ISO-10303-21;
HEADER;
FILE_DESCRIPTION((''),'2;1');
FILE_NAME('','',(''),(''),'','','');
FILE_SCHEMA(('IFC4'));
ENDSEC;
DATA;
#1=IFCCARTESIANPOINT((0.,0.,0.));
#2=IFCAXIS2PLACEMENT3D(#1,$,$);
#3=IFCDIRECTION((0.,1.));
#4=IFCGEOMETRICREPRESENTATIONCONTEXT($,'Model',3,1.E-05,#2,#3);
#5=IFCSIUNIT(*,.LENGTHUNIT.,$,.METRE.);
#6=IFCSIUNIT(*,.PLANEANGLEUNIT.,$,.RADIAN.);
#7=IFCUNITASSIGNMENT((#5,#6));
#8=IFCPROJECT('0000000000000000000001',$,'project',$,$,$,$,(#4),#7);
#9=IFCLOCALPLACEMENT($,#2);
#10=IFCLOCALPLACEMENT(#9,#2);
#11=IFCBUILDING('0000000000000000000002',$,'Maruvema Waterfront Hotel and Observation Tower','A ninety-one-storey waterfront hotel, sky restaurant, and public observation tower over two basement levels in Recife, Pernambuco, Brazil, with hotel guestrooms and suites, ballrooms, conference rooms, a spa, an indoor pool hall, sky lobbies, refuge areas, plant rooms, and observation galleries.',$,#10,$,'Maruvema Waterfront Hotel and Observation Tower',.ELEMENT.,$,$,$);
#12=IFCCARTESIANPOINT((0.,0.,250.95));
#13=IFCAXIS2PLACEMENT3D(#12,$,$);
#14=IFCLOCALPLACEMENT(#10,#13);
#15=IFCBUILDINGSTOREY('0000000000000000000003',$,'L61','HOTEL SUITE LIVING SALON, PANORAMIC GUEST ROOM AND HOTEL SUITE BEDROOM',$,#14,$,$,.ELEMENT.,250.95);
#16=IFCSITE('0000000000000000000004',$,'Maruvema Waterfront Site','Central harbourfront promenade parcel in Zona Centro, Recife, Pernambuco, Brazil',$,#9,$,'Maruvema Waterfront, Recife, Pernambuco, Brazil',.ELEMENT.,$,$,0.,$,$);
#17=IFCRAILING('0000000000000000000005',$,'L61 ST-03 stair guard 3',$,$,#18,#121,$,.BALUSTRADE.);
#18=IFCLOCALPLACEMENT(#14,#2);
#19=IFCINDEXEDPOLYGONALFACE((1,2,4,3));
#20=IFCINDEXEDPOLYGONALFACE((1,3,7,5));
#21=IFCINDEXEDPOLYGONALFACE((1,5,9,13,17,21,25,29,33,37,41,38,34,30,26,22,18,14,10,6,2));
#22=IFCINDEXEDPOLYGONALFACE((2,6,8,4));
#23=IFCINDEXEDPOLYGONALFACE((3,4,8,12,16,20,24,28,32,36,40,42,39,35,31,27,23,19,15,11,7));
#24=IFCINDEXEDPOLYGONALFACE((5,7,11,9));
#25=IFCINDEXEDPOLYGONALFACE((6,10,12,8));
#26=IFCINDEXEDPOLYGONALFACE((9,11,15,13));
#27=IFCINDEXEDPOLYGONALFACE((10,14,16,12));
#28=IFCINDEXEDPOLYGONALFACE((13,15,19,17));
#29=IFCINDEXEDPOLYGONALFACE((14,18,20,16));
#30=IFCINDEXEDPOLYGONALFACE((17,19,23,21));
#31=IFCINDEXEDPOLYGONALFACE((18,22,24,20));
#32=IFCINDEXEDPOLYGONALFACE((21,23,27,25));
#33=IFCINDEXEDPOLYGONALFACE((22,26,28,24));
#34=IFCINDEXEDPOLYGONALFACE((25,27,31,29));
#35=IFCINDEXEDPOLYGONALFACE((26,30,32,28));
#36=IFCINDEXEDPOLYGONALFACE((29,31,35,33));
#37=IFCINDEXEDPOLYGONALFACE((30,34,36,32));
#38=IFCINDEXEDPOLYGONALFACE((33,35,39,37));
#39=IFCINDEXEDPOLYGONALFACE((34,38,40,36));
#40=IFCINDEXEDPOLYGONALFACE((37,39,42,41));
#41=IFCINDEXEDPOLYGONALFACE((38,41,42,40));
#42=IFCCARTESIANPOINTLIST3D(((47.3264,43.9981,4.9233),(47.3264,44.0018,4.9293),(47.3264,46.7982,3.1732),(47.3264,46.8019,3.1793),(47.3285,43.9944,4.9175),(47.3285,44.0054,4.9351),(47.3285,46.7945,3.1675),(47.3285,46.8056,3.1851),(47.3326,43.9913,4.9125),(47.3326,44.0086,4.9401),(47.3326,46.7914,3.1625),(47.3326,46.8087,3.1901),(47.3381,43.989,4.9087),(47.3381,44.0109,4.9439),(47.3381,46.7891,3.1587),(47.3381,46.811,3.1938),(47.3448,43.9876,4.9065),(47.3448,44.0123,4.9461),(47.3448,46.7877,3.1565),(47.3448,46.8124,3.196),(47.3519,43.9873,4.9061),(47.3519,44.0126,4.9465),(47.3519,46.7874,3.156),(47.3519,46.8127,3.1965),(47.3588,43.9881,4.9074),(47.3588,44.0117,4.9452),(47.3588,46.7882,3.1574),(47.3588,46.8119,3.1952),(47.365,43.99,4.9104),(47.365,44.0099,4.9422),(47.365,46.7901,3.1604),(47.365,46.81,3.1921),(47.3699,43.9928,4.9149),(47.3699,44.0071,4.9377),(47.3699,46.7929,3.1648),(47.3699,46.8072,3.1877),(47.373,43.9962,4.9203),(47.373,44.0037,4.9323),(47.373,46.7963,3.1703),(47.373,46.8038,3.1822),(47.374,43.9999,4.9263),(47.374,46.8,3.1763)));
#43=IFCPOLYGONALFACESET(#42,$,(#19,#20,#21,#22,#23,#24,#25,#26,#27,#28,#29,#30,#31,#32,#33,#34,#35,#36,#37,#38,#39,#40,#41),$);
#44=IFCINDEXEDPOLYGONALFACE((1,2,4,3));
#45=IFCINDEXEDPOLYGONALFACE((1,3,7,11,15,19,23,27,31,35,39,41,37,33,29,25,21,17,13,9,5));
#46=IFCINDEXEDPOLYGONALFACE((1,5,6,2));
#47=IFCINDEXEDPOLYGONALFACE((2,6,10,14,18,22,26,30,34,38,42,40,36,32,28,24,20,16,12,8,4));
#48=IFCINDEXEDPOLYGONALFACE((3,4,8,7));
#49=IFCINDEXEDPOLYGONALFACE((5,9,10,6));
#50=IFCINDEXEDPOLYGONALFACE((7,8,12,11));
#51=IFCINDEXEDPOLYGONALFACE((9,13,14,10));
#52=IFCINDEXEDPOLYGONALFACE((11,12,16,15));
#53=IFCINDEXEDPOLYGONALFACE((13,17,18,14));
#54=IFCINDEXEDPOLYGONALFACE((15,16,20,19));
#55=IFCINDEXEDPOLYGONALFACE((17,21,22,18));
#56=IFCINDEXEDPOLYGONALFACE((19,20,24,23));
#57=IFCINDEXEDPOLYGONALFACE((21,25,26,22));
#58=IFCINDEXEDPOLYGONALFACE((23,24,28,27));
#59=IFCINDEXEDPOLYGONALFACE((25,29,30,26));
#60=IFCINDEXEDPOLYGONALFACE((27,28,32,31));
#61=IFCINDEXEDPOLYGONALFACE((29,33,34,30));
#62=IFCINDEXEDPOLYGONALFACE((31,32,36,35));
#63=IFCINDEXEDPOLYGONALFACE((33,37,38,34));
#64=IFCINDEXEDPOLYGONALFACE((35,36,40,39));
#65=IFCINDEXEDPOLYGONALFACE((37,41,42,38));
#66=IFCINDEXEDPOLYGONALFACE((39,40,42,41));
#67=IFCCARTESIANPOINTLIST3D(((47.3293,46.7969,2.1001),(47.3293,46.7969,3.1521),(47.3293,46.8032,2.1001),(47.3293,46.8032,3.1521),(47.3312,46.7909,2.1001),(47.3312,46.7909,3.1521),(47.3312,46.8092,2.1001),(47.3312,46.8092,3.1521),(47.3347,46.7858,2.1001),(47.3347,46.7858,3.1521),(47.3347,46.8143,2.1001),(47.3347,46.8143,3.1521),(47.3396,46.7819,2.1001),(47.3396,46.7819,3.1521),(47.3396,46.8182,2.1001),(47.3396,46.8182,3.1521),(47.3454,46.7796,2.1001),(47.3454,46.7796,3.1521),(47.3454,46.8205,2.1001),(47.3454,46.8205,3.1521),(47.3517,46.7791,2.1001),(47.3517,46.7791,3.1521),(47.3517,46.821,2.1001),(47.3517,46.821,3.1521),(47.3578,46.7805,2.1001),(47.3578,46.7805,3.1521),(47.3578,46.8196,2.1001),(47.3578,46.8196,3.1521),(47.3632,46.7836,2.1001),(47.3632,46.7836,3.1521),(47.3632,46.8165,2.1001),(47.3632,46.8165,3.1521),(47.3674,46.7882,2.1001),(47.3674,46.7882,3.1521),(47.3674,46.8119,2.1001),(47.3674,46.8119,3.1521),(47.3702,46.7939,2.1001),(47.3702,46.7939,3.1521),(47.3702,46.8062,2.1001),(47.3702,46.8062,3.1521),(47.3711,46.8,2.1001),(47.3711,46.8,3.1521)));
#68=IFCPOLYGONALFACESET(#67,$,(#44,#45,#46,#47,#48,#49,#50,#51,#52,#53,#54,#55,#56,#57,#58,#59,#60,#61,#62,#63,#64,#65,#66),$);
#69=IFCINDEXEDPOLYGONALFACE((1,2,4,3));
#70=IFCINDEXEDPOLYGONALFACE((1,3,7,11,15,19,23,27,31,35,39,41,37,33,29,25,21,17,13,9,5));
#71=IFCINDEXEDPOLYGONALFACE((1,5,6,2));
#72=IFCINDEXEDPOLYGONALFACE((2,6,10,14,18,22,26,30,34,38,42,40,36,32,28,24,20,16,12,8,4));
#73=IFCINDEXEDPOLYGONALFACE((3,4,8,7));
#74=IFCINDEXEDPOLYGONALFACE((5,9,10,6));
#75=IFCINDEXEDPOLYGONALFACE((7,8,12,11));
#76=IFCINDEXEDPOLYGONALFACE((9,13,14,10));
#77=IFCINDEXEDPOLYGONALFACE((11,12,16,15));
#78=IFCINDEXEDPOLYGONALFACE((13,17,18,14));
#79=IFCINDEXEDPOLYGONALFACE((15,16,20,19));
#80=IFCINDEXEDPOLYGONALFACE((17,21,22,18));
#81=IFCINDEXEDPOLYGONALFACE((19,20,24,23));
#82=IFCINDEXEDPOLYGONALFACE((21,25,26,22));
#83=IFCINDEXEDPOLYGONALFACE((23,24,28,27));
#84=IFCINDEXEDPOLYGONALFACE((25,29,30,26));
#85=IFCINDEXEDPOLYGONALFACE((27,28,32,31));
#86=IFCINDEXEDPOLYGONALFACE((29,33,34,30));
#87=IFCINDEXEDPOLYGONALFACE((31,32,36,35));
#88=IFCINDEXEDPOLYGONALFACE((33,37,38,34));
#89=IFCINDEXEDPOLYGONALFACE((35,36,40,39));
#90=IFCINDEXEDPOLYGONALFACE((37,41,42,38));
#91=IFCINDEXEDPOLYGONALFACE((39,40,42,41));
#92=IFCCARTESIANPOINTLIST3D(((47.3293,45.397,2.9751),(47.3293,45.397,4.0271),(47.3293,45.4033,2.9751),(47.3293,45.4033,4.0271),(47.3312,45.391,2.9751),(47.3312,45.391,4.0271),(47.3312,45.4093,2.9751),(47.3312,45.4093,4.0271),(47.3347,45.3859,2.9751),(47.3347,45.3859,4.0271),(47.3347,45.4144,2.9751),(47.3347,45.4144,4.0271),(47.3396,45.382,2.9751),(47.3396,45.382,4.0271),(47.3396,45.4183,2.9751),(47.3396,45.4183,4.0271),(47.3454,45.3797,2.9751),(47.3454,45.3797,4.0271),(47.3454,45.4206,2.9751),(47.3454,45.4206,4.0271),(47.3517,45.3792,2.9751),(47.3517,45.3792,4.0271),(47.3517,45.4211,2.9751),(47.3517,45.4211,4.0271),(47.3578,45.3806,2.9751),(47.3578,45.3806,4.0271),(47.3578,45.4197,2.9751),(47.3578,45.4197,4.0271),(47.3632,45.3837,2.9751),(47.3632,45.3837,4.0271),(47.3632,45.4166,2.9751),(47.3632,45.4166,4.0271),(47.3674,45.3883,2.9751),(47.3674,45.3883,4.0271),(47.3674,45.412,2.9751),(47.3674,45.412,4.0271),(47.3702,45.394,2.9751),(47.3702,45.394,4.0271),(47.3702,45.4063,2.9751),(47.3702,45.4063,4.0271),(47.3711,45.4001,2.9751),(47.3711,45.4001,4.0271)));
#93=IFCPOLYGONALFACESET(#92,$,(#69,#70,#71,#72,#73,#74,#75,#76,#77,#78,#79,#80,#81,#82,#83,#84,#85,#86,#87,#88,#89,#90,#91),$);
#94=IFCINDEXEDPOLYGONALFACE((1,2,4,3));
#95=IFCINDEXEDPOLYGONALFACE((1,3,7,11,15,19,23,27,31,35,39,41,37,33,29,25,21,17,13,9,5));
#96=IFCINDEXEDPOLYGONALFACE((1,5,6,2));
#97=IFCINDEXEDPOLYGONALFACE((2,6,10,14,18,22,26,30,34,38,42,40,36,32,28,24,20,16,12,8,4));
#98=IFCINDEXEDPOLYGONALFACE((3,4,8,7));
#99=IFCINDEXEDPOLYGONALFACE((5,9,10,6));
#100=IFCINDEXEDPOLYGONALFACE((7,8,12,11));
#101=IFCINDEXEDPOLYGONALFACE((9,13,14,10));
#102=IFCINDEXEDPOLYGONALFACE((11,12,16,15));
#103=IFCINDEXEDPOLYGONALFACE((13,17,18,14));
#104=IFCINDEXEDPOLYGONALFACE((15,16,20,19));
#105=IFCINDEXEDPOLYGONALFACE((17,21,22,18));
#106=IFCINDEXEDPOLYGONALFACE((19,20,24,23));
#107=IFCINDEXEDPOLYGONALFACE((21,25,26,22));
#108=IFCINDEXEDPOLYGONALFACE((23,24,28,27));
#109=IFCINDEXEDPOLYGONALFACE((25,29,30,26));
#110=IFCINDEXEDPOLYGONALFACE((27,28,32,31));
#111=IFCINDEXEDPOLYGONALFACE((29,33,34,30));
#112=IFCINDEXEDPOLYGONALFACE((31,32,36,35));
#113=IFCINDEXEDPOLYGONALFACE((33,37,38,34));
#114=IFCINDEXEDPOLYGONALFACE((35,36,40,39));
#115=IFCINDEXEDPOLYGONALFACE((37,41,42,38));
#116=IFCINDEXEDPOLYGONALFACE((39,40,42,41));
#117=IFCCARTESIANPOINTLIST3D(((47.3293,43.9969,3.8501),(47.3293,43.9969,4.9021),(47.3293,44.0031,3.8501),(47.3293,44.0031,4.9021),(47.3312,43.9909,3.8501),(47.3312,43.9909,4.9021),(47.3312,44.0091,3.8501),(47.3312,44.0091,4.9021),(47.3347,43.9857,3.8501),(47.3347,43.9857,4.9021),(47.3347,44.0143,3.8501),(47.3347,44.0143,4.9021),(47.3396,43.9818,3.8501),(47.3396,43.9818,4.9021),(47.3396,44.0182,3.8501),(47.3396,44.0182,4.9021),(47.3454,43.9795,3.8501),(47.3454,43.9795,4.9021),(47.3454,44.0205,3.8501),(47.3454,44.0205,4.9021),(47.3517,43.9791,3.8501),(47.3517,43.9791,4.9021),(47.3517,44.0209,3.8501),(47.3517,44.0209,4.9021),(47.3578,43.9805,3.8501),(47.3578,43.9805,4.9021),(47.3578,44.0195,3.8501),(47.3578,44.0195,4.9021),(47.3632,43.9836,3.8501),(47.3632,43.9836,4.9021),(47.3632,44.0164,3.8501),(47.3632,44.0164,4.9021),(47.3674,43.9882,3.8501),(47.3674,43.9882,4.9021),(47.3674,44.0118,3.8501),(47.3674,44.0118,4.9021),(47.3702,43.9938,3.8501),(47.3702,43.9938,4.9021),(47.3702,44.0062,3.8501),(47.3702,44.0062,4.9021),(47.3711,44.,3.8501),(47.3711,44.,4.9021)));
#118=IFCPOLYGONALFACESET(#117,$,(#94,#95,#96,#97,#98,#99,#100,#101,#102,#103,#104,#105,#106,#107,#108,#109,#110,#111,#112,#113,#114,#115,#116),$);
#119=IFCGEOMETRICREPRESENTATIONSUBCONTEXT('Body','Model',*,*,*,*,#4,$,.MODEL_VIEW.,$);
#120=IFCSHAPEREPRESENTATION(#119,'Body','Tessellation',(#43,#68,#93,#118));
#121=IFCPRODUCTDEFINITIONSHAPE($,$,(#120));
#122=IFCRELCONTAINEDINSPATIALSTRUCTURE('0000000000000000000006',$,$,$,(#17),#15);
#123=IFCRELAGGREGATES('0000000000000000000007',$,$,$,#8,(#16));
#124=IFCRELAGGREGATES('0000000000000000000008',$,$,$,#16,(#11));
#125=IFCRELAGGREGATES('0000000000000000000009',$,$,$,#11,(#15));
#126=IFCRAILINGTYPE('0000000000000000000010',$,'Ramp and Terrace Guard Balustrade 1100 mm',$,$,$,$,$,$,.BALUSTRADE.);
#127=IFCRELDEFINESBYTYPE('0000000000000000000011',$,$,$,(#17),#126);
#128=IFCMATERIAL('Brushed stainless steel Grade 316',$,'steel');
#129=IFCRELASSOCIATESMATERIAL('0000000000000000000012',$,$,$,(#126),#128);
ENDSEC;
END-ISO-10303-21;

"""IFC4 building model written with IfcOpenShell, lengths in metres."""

from ifc_helpers import new_model, si_unit, direction, frame, origin, origin_2d, place, context, subcontext, project, spatial, circle, extrude, material, type_object, element, save


model = new_model("IFC4")

# Units and contexts
model_context = context("Model", 3, precision=1e-05, world=origin(), true_north=direction((0.0, 1.0)))
body_context = subcontext(model_context, "Body", "Model", "MODEL_VIEW")
ifc_project = project(units=[si_unit("LENGTHUNIT", "METRE"), si_unit("PLANEANGLEUNIT", "RADIAN")], contexts=[model_context])

# Site, building, storey
site_placement = place(None, origin())
site = spatial("IfcSite", under=ifc_project, at=site_placement, Name="Maruvema Waterfront Site", Description="Central harbourfront promenade parcel in Zona Centro, Recife, Pernambuco, Brazil", LongName="Maruvema Waterfront, Recife, Pernambuco, Brazil", CompositionType="ELEMENT", RefElevation=0.0)
building_placement = place(site_placement, origin())
building = spatial("IfcBuilding", under=site, at=building_placement, Name="Maruvema Waterfront Hotel and Observation Tower", Description="A ninety-one-storey waterfront hotel, sky restaurant, and public observation tower over two basement levels in Recife, Pernambuco, Brazil, with hotel guestrooms and suites, ballrooms, conference rooms, a spa, an indoor pool hall, sky lobbies, refuge areas, plant rooms, and observation galleries.", LongName="Maruvema Waterfront Hotel and Observation Tower", CompositionType="ELEMENT")
storey_placement = place(building_placement, frame((0.0, 0.0, 250.95)))
storey = spatial("IfcBuildingStorey", under=building, at=storey_placement, Name="L61", Description="HOTEL SUITE LIVING SALON, PANORAMIC GUEST ROOM AND HOTEL SUITE BEDROOM", CompositionType="ELEMENT", Elevation=250.95)

# Railing
ifc_material_1 = material(Name="Brushed stainless steel Grade 316", Category="steel")
railing_type_1 = type_object("IfcRailingType", Name="Ramp and Terrace Guard Balustrade 1100 mm", PredefinedType="BALUSTRADE", material=ifc_material_1)
railing_1_placement = place(storey_placement, frame((47.3501, 46.8, 2.1001)))
element("IfcRailing", 1, at=railing_1_placement, inside=storey, type_object=railing_type_1, Name="L61 ST-03 stair guard 3", PredefinedType="BALUSTRADE", context=body_context, shape_type="SweptSolid", body=[
    extrude(circle(Radius=0.0239, at=origin_2d()), frame((0.0, 0.0, 1.0762), z_axis=(0.0, -0.848002, 0.529992), x_axis=(1.0, 0.0, 0.0)), (0.0, 0.0, 1.0), 3.302),
    extrude(circle(Radius=0.021, at=origin_2d()), origin(), (0.0, 0.0, 1.0), 1.052),
    extrude(circle(Radius=0.021, at=origin_2d()), frame((0.0, -1.3999, 0.875)), (0.0, 0.0, 1.0), 1.052),
    extrude(circle(Radius=0.021, at=origin_2d()), frame((0.0, -2.8, 1.75)), (0.0, 0.0, 1.0), 1.052),
])

save(model, "model.ifc")
